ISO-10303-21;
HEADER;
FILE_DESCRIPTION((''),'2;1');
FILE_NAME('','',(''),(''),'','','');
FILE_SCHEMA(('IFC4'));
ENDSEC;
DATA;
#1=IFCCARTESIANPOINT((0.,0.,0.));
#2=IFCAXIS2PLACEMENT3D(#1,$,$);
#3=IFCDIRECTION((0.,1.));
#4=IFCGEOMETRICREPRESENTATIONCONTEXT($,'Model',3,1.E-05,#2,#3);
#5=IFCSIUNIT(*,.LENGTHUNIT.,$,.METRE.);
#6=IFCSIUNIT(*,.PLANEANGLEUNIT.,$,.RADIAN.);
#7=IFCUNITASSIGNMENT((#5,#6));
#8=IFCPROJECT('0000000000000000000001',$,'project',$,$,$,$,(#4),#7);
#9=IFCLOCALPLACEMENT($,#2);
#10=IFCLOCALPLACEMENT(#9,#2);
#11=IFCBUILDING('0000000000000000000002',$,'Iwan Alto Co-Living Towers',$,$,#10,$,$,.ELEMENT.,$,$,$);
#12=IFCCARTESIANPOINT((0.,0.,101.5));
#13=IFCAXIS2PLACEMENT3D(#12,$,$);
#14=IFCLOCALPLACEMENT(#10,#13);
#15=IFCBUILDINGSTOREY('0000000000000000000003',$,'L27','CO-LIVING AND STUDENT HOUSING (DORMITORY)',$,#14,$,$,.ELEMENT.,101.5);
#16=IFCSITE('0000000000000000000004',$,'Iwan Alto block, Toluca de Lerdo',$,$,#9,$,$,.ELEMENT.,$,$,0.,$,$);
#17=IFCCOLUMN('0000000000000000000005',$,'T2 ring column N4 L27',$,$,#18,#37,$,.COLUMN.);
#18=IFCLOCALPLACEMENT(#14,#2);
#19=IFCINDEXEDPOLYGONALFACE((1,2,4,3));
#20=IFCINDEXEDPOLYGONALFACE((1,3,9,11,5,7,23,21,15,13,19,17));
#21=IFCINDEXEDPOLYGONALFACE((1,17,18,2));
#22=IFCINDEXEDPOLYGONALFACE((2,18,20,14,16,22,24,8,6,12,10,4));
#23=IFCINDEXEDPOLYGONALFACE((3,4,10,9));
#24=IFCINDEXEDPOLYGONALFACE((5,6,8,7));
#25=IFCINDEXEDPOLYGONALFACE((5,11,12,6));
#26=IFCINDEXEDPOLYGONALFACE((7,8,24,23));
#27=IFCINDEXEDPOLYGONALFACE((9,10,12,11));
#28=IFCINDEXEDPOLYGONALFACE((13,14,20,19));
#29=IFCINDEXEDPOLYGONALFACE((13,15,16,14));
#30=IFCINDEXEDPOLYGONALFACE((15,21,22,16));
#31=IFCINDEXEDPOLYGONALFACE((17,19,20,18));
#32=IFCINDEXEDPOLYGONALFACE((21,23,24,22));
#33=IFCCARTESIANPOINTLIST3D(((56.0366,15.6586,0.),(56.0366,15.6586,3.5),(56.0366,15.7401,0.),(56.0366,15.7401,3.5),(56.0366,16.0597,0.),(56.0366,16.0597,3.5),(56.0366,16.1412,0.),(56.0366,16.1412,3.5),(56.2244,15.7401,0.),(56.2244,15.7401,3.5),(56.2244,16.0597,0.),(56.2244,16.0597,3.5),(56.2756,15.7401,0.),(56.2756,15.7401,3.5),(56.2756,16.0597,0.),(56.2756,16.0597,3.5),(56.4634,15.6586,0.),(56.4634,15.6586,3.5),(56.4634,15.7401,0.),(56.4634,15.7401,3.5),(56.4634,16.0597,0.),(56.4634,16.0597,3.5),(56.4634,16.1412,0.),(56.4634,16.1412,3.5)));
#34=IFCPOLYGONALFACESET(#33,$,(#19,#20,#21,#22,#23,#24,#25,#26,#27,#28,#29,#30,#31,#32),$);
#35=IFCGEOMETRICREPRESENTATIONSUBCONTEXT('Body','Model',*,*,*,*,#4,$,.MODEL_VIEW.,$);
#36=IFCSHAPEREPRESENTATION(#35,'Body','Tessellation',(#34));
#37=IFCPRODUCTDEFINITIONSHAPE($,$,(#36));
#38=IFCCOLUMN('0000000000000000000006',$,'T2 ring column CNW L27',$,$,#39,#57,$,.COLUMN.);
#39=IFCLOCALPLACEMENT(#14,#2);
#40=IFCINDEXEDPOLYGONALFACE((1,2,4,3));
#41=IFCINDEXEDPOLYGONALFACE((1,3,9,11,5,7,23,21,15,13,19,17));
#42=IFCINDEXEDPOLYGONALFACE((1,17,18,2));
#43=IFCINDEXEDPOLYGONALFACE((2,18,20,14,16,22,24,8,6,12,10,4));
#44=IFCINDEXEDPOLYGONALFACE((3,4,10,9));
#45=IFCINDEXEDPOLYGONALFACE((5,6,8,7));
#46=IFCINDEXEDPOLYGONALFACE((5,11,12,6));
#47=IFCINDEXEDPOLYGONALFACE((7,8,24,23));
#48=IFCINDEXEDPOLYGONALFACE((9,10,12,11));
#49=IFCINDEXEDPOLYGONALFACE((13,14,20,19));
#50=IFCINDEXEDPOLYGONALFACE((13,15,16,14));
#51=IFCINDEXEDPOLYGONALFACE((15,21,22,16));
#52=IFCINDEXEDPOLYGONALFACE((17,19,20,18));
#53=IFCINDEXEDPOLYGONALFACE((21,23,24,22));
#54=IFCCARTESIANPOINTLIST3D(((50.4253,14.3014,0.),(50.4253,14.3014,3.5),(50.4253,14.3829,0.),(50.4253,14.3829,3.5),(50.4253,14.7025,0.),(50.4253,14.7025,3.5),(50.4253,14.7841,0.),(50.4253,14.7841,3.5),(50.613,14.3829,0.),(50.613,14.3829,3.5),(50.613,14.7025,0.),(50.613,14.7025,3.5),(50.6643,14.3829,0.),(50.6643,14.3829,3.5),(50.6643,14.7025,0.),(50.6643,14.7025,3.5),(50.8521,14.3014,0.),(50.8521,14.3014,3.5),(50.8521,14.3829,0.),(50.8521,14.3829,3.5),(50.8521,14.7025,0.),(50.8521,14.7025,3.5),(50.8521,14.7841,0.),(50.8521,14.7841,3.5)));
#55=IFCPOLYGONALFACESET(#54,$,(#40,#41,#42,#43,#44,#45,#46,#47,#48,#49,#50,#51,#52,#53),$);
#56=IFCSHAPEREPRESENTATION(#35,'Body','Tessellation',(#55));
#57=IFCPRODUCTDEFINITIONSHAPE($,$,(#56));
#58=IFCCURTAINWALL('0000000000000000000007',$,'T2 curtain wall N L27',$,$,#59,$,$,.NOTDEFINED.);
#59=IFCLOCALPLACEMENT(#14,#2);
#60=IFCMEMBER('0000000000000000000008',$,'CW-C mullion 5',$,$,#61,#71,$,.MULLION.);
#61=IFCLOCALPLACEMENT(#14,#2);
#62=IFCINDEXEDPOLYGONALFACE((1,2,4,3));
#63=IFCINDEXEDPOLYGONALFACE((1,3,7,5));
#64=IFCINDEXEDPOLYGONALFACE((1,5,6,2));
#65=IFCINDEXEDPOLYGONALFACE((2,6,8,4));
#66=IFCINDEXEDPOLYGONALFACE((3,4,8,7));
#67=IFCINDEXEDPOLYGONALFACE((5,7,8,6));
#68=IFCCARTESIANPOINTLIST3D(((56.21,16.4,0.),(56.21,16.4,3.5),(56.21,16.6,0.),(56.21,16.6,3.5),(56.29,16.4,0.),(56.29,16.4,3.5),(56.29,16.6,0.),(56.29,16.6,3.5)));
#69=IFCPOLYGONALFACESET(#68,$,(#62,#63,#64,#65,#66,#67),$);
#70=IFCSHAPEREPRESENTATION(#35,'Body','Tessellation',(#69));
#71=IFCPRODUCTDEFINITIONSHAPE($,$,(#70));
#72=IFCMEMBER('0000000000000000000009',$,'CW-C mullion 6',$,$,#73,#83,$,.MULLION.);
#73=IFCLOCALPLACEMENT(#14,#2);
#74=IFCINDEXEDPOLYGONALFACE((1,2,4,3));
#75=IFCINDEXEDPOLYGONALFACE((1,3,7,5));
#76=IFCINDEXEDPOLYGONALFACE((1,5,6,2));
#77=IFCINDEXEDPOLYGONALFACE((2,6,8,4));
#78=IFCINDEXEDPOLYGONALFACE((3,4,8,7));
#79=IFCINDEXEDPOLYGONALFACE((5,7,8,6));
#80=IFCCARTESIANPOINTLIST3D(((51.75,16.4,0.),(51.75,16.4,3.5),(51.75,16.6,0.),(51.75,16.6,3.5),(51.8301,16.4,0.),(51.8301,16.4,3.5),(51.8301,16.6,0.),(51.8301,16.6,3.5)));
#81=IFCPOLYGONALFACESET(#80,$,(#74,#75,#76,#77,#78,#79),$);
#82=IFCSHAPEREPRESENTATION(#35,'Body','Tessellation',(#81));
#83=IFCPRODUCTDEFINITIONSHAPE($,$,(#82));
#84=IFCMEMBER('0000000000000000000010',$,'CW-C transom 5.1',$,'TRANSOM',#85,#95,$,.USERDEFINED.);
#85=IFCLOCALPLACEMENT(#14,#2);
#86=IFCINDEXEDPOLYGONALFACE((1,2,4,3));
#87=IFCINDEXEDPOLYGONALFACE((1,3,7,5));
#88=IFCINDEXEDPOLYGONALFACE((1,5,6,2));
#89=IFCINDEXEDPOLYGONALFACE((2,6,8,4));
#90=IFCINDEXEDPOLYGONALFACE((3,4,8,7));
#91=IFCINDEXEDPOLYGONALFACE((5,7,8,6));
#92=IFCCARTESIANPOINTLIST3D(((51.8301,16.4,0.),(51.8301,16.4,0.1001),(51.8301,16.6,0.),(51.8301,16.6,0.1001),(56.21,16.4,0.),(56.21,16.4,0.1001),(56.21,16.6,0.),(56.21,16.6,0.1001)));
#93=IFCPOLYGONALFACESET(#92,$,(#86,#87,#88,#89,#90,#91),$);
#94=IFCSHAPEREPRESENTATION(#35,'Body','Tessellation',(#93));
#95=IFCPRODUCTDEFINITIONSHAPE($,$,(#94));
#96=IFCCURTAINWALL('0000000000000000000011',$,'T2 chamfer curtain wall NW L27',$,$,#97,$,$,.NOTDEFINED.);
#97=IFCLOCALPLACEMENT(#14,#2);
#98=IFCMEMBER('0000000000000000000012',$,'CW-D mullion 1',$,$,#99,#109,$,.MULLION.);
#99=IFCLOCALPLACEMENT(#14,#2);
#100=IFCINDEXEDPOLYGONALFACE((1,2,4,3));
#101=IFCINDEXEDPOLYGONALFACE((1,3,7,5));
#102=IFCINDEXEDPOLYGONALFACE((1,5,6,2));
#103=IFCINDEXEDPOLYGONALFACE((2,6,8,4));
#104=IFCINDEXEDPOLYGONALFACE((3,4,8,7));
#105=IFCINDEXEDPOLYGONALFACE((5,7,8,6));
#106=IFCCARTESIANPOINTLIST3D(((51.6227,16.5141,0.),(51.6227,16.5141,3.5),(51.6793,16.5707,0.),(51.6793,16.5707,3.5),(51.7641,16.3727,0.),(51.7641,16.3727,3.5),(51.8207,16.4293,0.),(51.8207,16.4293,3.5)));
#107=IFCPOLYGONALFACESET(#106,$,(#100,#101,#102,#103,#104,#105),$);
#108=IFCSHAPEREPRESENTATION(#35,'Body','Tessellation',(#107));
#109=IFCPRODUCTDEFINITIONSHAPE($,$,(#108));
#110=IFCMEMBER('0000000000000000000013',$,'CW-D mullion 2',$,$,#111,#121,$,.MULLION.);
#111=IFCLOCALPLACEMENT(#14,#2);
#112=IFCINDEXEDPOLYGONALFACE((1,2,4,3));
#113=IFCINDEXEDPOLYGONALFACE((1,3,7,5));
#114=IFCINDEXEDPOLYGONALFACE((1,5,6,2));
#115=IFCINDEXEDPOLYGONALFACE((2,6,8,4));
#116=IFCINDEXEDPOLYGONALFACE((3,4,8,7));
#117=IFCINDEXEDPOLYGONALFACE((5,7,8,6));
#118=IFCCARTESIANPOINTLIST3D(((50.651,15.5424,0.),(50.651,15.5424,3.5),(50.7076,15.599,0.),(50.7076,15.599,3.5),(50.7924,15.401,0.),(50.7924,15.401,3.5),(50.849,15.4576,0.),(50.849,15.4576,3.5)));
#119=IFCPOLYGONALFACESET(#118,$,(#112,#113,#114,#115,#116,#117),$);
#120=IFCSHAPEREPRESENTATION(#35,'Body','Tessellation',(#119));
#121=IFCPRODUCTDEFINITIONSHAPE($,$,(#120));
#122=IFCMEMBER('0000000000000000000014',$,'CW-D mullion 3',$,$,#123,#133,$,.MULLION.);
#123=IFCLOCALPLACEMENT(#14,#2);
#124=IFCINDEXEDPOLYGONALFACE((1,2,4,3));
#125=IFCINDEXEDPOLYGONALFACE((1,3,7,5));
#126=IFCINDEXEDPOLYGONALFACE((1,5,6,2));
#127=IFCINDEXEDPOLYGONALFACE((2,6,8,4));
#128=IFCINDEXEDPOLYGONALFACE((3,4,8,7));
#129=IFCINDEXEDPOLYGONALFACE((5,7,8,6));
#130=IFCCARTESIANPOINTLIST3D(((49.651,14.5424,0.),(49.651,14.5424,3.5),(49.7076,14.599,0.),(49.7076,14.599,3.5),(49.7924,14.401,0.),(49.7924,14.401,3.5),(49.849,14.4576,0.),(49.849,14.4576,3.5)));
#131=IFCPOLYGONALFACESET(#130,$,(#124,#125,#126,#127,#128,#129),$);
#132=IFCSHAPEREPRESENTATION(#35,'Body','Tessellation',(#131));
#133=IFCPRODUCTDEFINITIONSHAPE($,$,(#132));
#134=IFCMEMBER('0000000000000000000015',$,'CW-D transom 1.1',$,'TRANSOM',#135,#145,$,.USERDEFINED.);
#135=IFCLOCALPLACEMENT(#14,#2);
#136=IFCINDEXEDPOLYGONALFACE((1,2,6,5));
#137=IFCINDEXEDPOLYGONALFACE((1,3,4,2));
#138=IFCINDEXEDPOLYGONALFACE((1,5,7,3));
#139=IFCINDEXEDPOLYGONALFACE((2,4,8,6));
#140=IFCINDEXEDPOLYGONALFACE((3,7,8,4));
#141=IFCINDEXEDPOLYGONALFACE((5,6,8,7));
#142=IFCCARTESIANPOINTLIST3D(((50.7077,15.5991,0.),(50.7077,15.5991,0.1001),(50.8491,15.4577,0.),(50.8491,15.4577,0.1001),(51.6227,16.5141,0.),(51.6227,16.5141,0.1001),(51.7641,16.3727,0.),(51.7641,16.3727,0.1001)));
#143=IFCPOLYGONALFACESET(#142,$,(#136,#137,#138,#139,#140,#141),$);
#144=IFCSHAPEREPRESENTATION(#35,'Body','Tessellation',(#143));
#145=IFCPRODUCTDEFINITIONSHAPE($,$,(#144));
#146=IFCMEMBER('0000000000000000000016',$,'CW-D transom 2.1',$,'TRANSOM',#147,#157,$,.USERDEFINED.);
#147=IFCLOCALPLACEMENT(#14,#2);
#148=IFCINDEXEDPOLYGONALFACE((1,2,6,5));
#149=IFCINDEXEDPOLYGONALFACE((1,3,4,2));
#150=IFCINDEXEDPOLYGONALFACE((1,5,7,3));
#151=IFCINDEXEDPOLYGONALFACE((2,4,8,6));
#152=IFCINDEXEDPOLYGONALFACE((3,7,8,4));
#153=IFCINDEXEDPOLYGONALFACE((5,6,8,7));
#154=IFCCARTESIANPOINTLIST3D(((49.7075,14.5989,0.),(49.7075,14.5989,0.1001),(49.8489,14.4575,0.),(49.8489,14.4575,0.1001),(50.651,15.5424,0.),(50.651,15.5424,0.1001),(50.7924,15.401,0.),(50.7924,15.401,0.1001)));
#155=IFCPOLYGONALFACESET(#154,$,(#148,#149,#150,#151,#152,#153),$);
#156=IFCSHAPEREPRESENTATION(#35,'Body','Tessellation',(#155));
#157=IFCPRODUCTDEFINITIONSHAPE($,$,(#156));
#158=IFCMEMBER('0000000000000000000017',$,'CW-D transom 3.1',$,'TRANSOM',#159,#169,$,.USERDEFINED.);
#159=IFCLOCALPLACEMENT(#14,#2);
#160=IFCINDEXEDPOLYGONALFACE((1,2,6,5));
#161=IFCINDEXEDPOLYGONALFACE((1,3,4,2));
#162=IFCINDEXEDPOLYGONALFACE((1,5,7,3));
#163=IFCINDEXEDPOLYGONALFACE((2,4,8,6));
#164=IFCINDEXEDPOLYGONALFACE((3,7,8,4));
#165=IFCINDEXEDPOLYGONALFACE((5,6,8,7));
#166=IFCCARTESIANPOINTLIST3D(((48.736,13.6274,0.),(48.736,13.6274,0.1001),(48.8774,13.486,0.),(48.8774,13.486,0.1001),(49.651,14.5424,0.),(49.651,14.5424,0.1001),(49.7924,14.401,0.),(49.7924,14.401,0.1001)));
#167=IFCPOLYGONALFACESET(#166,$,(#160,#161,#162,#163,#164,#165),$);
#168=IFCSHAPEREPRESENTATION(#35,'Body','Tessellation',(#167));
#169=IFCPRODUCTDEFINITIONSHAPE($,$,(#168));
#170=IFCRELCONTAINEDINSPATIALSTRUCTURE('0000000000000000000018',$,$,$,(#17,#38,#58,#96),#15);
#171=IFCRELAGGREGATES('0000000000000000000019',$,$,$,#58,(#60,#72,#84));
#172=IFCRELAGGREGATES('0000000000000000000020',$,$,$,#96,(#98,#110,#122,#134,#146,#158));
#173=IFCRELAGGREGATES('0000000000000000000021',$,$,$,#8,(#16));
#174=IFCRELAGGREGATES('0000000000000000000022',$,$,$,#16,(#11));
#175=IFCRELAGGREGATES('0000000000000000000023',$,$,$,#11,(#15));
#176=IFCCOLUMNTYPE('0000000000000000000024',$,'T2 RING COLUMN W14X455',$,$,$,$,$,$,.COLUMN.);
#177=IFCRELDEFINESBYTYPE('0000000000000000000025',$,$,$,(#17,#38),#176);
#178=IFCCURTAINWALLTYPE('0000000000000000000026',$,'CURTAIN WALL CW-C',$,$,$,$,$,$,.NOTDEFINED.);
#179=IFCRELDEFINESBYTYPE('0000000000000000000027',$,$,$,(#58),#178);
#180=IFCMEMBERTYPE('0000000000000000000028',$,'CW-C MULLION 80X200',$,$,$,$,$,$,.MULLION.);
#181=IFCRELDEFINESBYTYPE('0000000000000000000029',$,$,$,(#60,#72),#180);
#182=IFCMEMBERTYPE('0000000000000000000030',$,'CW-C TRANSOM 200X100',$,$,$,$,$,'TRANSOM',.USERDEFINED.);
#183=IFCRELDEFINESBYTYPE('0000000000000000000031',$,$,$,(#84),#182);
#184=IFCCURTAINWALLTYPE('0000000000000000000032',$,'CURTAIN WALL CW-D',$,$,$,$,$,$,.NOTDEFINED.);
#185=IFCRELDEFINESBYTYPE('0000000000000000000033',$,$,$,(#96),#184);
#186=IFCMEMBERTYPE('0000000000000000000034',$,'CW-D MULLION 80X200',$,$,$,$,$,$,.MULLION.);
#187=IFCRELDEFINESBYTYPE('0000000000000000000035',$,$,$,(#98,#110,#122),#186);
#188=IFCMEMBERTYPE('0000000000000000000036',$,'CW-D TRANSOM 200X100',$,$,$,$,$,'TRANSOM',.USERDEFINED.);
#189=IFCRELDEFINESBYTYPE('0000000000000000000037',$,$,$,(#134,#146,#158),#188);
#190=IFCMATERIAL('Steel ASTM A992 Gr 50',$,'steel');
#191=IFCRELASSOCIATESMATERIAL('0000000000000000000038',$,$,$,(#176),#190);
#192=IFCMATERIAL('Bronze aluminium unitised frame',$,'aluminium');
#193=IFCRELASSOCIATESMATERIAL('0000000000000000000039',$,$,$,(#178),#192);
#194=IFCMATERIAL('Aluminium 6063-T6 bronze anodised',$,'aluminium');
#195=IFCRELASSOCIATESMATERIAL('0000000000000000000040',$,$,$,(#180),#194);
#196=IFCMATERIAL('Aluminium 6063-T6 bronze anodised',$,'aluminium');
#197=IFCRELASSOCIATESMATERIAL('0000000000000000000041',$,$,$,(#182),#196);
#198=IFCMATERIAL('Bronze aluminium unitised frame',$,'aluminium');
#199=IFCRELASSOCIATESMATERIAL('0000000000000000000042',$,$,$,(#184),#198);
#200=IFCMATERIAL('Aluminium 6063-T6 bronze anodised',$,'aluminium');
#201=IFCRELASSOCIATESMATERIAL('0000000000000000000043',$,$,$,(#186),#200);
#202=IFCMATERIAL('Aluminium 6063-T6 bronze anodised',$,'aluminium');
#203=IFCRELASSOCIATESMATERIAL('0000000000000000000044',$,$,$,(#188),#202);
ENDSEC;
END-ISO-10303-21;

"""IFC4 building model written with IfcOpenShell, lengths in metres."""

from ifc_helpers import new_model, si_unit, direction, frame, origin, origin_2d, place, context, subcontext, project, spatial, rectangle, i_section, extrude, material, material_profile, profile_set, type_object, element, aggregate, save


model = new_model("IFC4")

# Units and contexts
model_context = context("Model", 3, precision=1e-05, world=origin(), true_north=direction((0.0, 1.0)))
body_context = subcontext(model_context, "Body", "Model", "MODEL_VIEW")
ifc_project = project(units=[si_unit("LENGTHUNIT", "METRE"), si_unit("PLANEANGLEUNIT", "RADIAN")], contexts=[model_context])

# Site, building, storey
site_placement = place(None, origin())
site = spatial("IfcSite", under=ifc_project, at=site_placement, Name="Iwan Alto block, Toluca de Lerdo", CompositionType="ELEMENT", RefElevation=0.0)
building_placement = place(site_placement, origin())
building = spatial("IfcBuilding", under=site, at=building_placement, Name="Iwan Alto Co-Living Towers", CompositionType="ELEMENT")
storey_placement = place(building_placement, frame((0.0, 0.0, 101.5)))
storey = spatial("IfcBuildingStorey", under=building, at=storey_placement, Name="L27", Description="CO-LIVING AND STUDENT HOUSING (DORMITORY)", CompositionType="ELEMENT", Elevation=101.5)

# Columns
ifc_material_1 = material(Name="Steel ASTM A992 Gr 50", Category="steel")
ifc_material_profile_1 = material_profile(ifc_material_1, i_section(OverallWidth=0.4268, OverallDepth=0.4827, WebThickness=0.0513, FlangeThickness=0.0815, at=origin_2d()), Name="W14X455")
ifc_profile_set_1 = profile_set([ifc_material_profile_1], Name="Steel ASTM A992 Gr 50")
column_type = type_object("IfcColumnType", Name="T2 RING COLUMN W14X455", PredefinedType="COLUMN", material=ifc_profile_set_1)
for number, where, z_axis, x_axis, name in (
    (1, (56.25, 15.8999, 0.0), (0.0, 0.0, 1.0), (1.0, 0.0, 0.0), "T2 ring column N4 L27"),
    (2, (50.6387, 14.5427, 0.0), (0.0, 0.0, 1.0), (1.0, 0.0, 0.0), "T2 ring column CNW L27"),
):
    element("IfcColumn", number, at=place(storey_placement, frame(where, z_axis=z_axis, x_axis=x_axis)), inside=storey, type_object=column_type, Name=name, PredefinedType="COLUMN", context=body_context, shape_type="SweptSolid", body=[
        extrude(i_section(OverallWidth=0.4268, OverallDepth=0.4827, WebThickness=0.0513, FlangeThickness=0.0815, at=origin_2d()), origin(), (0.0, 0.0, 1.0), 3.5),
    ])

# Curtain walls, members
ifc_material_2 = material(Name="Bronze aluminium unitised frame", Category="aluminium")
curtain_wall_type_1 = type_object("IfcCurtainWallType", Name="CURTAIN WALL CW-C", PredefinedType="NOTDEFINED", material=ifc_material_2)
curtain_wall_1_placement = place(storey_placement, origin())
curtain_wall_1 = element("IfcCurtainWall", 3, at=curtain_wall_1_placement, inside=storey, type_object=curtain_wall_type_1, Name="T2 curtain wall N L27", PredefinedType="NOTDEFINED")
ifc_material_3 = material(Name="Aluminium 6063-T6 bronze anodised", Category="aluminium")
ifc_material_profile_2 = material_profile(ifc_material_3, rectangle(XDim=0.2, YDim=0.0801, at=origin_2d()), Name="AL 80X200")
ifc_profile_set_2 = profile_set([ifc_material_profile_2], Name="Aluminium 6063-T6 bronze anodised")
member_type_1 = type_object("IfcMemberType", Name="CW-C MULLION 80X200", PredefinedType="MULLION", material=ifc_profile_set_2)
member_1_placement = place(storey_placement, frame((56.25, 16.5, 0.0), z_axis=(0.0, 0.0, 1.0), x_axis=(0.0, -1.0, 0.0)))
member_1 = element("IfcMember", 4, at=member_1_placement, type_object=member_type_1, Name="CW-C mullion 5", PredefinedType="MULLION", context=body_context, shape_type="SweptSolid", body=[
    extrude(rectangle(XDim=0.2, YDim=0.0801, at=origin_2d()), origin(), (0.0, 0.0, 1.0), 3.5),
])
member_2_placement = place(storey_placement, frame((51.79, 16.5, 0.0), z_axis=(0.0, 0.0, 1.0), x_axis=(0.0, -1.0, 0.0)))
member_2 = element("IfcMember", 5, at=member_2_placement, type_object=member_type_1, Name="CW-C mullion 6", PredefinedType="MULLION", context=body_context, shape_type="SweptSolid", body=[
    extrude(rectangle(XDim=0.2, YDim=0.0801, at=origin_2d()), origin(), (0.0, 0.0, 1.0), 3.5),
])
ifc_material_4 = material(Name="Aluminium 6063-T6 bronze anodised", Category="aluminium")
ifc_material_profile_3 = material_profile(ifc_material_4, rectangle(XDim=0.2, YDim=0.1001, at=origin_2d()), Name="AL 200X100")
ifc_profile_set_3 = profile_set([ifc_material_profile_3], Name="Aluminium 6063-T6 bronze anodised")
member_type_2 = type_object("IfcMemberType", Name="CW-C TRANSOM 200X100", ElementType="TRANSOM", PredefinedType="USERDEFINED", material=ifc_profile_set_3)
member_3_placement = place(storey_placement, frame((56.21, 16.5, 0.05), z_axis=(-1.0, 0.0, 0.0), x_axis=(0.0, -1.0, 0.0)))
member_3 = element("IfcMember", 6, at=member_3_placement, type_object=member_type_2, Name="CW-C transom 5.1", ObjectType="TRANSOM", PredefinedType="USERDEFINED", context=body_context, shape_type="SweptSolid", body=[
    extrude(rectangle(XDim=0.2, YDim=0.1001, at=origin_2d()), origin(), (0.0, 0.0, 1.0), 4.3799),
])
ifc_material_5 = material(Name="Bronze aluminium unitised frame", Category="aluminium")
curtain_wall_type_2 = type_object("IfcCurtainWallType", Name="CURTAIN WALL CW-D", PredefinedType="NOTDEFINED", material=ifc_material_5)
curtain_wall_2_placement = place(storey_placement, origin())
curtain_wall_2 = element("IfcCurtainWall", 7, at=curtain_wall_2_placement, inside=storey, type_object=curtain_wall_type_2, Name="T2 chamfer curtain wall NW L27", PredefinedType="NOTDEFINED")
ifc_material_6 = material(Name="Aluminium 6063-T6 bronze anodised", Category="aluminium")
ifc_material_profile_4 = material_profile(ifc_material_6, rectangle(XDim=0.2, YDim=0.0801, at=origin_2d()), Name="AL 80X200")
ifc_profile_set_4 = profile_set([ifc_material_profile_4], Name="Aluminium 6063-T6 bronze anodised")
member_type_3 = type_object("IfcMemberType", Name="CW-D MULLION 80X200", PredefinedType="MULLION", material=ifc_profile_set_4)
member_4_placement = place(storey_placement, frame((51.7217, 16.4717, 0.0), z_axis=(0.0, 0.0, 1.0), x_axis=(0.707107, -0.707107, 0.0)))
member_4 = element("IfcMember", 8, at=member_4_placement, type_object=member_type_3, Name="CW-D mullion 1", PredefinedType="MULLION", context=body_context, shape_type="SweptSolid", body=[
    extrude(rectangle(XDim=0.2, YDim=0.0801, at=origin_2d()), origin(), (0.0, 0.0, 1.0), 3.5),
])
member_5_placement = place(storey_placement, frame((50.75, 15.5, 0.0), z_axis=(0.0, 0.0, 1.0), x_axis=(0.707107, -0.707107, 0.0)))
member_5 = element("IfcMember", 9, at=member_5_placement, type_object=member_type_3, Name="CW-D mullion 2", PredefinedType="MULLION", context=body_context, shape_type="SweptSolid", body=[
    extrude(rectangle(XDim=0.2, YDim=0.0801, at=origin_2d()), origin(), (0.0, 0.0, 1.0), 3.5),
])
member_6_placement = place(storey_placement, frame((49.75, 14.5, 0.0), z_axis=(0.0, 0.0, 1.0), x_axis=(0.707107, -0.707107, 0.0)))
member_6 = element("IfcMember", 10, at=member_6_placement, type_object=member_type_3, Name="CW-D mullion 3", PredefinedType="MULLION", context=body_context, shape_type="SweptSolid", body=[
    extrude(rectangle(XDim=0.2, YDim=0.0801, at=origin_2d()), origin(), (0.0, 0.0, 1.0), 3.5),
])
ifc_material_7 = material(Name="Aluminium 6063-T6 bronze anodised", Category="aluminium")
ifc_material_profile_5 = material_profile(ifc_material_7, rectangle(XDim=0.2, YDim=0.1001, at=origin_2d()), Name="AL 200X100")
ifc_profile_set_5 = profile_set([ifc_material_profile_5], Name="Aluminium 6063-T6 bronze anodised")
member_type_4 = type_object("IfcMemberType", Name="CW-D TRANSOM 200X100", ElementType="TRANSOM", PredefinedType="USERDEFINED", material=ifc_profile_set_5)
member_7_placement = place(storey_placement, frame((51.6934, 16.4434, 0.05), z_axis=(-0.707107, -0.707107, 0.0), x_axis=(0.707107, -0.707107, 0.0)))
member_7 = element("IfcMember", 11, at=member_7_placement, type_object=member_type_4, Name="CW-D transom 1.1", ObjectType="TRANSOM", PredefinedType="USERDEFINED", context=body_context, shape_type="SweptSolid", body=[
    extrude(rectangle(XDim=0.2, YDim=0.1001, at=origin_2d()), origin(), (0.0, 0.0, 1.0), 1.2939),
])
member_8_placement = place(storey_placement, frame((50.7217, 15.4717, 0.05), z_axis=(-0.707107, -0.707107, 0.0), x_axis=(0.707107, -0.707107, 0.0)))
member_8 = element("IfcMember", 12, at=member_8_placement, type_object=member_type_4, Name="CW-D transom 2.1", ObjectType="TRANSOM", PredefinedType="USERDEFINED", context=body_context, shape_type="SweptSolid", body=[
    extrude(rectangle(XDim=0.2, YDim=0.1001, at=origin_2d()), origin(), (0.0, 0.0, 1.0), 1.3342),
])
member_9_placement = place(storey_placement, frame((49.7217, 14.4717, 0.05), z_axis=(-0.707107, -0.707107, 0.0), x_axis=(0.707107, -0.707107, 0.0)))
member_9 = element("IfcMember", 13, at=member_9_placement, type_object=member_type_4, Name="CW-D transom 3.1", ObjectType="TRANSOM", PredefinedType="USERDEFINED", context=body_context, shape_type="SweptSolid", body=[
    extrude(rectangle(XDim=0.2, YDim=0.1001, at=origin_2d()), origin(), (0.0, 0.0, 1.0), 1.2939),
])

aggregate(curtain_wall_1, [member_1, member_2, member_3])
aggregate(curtain_wall_2, [member_4, member_5, member_6, member_7, member_8, member_9])

save(model, "model.ifc")
